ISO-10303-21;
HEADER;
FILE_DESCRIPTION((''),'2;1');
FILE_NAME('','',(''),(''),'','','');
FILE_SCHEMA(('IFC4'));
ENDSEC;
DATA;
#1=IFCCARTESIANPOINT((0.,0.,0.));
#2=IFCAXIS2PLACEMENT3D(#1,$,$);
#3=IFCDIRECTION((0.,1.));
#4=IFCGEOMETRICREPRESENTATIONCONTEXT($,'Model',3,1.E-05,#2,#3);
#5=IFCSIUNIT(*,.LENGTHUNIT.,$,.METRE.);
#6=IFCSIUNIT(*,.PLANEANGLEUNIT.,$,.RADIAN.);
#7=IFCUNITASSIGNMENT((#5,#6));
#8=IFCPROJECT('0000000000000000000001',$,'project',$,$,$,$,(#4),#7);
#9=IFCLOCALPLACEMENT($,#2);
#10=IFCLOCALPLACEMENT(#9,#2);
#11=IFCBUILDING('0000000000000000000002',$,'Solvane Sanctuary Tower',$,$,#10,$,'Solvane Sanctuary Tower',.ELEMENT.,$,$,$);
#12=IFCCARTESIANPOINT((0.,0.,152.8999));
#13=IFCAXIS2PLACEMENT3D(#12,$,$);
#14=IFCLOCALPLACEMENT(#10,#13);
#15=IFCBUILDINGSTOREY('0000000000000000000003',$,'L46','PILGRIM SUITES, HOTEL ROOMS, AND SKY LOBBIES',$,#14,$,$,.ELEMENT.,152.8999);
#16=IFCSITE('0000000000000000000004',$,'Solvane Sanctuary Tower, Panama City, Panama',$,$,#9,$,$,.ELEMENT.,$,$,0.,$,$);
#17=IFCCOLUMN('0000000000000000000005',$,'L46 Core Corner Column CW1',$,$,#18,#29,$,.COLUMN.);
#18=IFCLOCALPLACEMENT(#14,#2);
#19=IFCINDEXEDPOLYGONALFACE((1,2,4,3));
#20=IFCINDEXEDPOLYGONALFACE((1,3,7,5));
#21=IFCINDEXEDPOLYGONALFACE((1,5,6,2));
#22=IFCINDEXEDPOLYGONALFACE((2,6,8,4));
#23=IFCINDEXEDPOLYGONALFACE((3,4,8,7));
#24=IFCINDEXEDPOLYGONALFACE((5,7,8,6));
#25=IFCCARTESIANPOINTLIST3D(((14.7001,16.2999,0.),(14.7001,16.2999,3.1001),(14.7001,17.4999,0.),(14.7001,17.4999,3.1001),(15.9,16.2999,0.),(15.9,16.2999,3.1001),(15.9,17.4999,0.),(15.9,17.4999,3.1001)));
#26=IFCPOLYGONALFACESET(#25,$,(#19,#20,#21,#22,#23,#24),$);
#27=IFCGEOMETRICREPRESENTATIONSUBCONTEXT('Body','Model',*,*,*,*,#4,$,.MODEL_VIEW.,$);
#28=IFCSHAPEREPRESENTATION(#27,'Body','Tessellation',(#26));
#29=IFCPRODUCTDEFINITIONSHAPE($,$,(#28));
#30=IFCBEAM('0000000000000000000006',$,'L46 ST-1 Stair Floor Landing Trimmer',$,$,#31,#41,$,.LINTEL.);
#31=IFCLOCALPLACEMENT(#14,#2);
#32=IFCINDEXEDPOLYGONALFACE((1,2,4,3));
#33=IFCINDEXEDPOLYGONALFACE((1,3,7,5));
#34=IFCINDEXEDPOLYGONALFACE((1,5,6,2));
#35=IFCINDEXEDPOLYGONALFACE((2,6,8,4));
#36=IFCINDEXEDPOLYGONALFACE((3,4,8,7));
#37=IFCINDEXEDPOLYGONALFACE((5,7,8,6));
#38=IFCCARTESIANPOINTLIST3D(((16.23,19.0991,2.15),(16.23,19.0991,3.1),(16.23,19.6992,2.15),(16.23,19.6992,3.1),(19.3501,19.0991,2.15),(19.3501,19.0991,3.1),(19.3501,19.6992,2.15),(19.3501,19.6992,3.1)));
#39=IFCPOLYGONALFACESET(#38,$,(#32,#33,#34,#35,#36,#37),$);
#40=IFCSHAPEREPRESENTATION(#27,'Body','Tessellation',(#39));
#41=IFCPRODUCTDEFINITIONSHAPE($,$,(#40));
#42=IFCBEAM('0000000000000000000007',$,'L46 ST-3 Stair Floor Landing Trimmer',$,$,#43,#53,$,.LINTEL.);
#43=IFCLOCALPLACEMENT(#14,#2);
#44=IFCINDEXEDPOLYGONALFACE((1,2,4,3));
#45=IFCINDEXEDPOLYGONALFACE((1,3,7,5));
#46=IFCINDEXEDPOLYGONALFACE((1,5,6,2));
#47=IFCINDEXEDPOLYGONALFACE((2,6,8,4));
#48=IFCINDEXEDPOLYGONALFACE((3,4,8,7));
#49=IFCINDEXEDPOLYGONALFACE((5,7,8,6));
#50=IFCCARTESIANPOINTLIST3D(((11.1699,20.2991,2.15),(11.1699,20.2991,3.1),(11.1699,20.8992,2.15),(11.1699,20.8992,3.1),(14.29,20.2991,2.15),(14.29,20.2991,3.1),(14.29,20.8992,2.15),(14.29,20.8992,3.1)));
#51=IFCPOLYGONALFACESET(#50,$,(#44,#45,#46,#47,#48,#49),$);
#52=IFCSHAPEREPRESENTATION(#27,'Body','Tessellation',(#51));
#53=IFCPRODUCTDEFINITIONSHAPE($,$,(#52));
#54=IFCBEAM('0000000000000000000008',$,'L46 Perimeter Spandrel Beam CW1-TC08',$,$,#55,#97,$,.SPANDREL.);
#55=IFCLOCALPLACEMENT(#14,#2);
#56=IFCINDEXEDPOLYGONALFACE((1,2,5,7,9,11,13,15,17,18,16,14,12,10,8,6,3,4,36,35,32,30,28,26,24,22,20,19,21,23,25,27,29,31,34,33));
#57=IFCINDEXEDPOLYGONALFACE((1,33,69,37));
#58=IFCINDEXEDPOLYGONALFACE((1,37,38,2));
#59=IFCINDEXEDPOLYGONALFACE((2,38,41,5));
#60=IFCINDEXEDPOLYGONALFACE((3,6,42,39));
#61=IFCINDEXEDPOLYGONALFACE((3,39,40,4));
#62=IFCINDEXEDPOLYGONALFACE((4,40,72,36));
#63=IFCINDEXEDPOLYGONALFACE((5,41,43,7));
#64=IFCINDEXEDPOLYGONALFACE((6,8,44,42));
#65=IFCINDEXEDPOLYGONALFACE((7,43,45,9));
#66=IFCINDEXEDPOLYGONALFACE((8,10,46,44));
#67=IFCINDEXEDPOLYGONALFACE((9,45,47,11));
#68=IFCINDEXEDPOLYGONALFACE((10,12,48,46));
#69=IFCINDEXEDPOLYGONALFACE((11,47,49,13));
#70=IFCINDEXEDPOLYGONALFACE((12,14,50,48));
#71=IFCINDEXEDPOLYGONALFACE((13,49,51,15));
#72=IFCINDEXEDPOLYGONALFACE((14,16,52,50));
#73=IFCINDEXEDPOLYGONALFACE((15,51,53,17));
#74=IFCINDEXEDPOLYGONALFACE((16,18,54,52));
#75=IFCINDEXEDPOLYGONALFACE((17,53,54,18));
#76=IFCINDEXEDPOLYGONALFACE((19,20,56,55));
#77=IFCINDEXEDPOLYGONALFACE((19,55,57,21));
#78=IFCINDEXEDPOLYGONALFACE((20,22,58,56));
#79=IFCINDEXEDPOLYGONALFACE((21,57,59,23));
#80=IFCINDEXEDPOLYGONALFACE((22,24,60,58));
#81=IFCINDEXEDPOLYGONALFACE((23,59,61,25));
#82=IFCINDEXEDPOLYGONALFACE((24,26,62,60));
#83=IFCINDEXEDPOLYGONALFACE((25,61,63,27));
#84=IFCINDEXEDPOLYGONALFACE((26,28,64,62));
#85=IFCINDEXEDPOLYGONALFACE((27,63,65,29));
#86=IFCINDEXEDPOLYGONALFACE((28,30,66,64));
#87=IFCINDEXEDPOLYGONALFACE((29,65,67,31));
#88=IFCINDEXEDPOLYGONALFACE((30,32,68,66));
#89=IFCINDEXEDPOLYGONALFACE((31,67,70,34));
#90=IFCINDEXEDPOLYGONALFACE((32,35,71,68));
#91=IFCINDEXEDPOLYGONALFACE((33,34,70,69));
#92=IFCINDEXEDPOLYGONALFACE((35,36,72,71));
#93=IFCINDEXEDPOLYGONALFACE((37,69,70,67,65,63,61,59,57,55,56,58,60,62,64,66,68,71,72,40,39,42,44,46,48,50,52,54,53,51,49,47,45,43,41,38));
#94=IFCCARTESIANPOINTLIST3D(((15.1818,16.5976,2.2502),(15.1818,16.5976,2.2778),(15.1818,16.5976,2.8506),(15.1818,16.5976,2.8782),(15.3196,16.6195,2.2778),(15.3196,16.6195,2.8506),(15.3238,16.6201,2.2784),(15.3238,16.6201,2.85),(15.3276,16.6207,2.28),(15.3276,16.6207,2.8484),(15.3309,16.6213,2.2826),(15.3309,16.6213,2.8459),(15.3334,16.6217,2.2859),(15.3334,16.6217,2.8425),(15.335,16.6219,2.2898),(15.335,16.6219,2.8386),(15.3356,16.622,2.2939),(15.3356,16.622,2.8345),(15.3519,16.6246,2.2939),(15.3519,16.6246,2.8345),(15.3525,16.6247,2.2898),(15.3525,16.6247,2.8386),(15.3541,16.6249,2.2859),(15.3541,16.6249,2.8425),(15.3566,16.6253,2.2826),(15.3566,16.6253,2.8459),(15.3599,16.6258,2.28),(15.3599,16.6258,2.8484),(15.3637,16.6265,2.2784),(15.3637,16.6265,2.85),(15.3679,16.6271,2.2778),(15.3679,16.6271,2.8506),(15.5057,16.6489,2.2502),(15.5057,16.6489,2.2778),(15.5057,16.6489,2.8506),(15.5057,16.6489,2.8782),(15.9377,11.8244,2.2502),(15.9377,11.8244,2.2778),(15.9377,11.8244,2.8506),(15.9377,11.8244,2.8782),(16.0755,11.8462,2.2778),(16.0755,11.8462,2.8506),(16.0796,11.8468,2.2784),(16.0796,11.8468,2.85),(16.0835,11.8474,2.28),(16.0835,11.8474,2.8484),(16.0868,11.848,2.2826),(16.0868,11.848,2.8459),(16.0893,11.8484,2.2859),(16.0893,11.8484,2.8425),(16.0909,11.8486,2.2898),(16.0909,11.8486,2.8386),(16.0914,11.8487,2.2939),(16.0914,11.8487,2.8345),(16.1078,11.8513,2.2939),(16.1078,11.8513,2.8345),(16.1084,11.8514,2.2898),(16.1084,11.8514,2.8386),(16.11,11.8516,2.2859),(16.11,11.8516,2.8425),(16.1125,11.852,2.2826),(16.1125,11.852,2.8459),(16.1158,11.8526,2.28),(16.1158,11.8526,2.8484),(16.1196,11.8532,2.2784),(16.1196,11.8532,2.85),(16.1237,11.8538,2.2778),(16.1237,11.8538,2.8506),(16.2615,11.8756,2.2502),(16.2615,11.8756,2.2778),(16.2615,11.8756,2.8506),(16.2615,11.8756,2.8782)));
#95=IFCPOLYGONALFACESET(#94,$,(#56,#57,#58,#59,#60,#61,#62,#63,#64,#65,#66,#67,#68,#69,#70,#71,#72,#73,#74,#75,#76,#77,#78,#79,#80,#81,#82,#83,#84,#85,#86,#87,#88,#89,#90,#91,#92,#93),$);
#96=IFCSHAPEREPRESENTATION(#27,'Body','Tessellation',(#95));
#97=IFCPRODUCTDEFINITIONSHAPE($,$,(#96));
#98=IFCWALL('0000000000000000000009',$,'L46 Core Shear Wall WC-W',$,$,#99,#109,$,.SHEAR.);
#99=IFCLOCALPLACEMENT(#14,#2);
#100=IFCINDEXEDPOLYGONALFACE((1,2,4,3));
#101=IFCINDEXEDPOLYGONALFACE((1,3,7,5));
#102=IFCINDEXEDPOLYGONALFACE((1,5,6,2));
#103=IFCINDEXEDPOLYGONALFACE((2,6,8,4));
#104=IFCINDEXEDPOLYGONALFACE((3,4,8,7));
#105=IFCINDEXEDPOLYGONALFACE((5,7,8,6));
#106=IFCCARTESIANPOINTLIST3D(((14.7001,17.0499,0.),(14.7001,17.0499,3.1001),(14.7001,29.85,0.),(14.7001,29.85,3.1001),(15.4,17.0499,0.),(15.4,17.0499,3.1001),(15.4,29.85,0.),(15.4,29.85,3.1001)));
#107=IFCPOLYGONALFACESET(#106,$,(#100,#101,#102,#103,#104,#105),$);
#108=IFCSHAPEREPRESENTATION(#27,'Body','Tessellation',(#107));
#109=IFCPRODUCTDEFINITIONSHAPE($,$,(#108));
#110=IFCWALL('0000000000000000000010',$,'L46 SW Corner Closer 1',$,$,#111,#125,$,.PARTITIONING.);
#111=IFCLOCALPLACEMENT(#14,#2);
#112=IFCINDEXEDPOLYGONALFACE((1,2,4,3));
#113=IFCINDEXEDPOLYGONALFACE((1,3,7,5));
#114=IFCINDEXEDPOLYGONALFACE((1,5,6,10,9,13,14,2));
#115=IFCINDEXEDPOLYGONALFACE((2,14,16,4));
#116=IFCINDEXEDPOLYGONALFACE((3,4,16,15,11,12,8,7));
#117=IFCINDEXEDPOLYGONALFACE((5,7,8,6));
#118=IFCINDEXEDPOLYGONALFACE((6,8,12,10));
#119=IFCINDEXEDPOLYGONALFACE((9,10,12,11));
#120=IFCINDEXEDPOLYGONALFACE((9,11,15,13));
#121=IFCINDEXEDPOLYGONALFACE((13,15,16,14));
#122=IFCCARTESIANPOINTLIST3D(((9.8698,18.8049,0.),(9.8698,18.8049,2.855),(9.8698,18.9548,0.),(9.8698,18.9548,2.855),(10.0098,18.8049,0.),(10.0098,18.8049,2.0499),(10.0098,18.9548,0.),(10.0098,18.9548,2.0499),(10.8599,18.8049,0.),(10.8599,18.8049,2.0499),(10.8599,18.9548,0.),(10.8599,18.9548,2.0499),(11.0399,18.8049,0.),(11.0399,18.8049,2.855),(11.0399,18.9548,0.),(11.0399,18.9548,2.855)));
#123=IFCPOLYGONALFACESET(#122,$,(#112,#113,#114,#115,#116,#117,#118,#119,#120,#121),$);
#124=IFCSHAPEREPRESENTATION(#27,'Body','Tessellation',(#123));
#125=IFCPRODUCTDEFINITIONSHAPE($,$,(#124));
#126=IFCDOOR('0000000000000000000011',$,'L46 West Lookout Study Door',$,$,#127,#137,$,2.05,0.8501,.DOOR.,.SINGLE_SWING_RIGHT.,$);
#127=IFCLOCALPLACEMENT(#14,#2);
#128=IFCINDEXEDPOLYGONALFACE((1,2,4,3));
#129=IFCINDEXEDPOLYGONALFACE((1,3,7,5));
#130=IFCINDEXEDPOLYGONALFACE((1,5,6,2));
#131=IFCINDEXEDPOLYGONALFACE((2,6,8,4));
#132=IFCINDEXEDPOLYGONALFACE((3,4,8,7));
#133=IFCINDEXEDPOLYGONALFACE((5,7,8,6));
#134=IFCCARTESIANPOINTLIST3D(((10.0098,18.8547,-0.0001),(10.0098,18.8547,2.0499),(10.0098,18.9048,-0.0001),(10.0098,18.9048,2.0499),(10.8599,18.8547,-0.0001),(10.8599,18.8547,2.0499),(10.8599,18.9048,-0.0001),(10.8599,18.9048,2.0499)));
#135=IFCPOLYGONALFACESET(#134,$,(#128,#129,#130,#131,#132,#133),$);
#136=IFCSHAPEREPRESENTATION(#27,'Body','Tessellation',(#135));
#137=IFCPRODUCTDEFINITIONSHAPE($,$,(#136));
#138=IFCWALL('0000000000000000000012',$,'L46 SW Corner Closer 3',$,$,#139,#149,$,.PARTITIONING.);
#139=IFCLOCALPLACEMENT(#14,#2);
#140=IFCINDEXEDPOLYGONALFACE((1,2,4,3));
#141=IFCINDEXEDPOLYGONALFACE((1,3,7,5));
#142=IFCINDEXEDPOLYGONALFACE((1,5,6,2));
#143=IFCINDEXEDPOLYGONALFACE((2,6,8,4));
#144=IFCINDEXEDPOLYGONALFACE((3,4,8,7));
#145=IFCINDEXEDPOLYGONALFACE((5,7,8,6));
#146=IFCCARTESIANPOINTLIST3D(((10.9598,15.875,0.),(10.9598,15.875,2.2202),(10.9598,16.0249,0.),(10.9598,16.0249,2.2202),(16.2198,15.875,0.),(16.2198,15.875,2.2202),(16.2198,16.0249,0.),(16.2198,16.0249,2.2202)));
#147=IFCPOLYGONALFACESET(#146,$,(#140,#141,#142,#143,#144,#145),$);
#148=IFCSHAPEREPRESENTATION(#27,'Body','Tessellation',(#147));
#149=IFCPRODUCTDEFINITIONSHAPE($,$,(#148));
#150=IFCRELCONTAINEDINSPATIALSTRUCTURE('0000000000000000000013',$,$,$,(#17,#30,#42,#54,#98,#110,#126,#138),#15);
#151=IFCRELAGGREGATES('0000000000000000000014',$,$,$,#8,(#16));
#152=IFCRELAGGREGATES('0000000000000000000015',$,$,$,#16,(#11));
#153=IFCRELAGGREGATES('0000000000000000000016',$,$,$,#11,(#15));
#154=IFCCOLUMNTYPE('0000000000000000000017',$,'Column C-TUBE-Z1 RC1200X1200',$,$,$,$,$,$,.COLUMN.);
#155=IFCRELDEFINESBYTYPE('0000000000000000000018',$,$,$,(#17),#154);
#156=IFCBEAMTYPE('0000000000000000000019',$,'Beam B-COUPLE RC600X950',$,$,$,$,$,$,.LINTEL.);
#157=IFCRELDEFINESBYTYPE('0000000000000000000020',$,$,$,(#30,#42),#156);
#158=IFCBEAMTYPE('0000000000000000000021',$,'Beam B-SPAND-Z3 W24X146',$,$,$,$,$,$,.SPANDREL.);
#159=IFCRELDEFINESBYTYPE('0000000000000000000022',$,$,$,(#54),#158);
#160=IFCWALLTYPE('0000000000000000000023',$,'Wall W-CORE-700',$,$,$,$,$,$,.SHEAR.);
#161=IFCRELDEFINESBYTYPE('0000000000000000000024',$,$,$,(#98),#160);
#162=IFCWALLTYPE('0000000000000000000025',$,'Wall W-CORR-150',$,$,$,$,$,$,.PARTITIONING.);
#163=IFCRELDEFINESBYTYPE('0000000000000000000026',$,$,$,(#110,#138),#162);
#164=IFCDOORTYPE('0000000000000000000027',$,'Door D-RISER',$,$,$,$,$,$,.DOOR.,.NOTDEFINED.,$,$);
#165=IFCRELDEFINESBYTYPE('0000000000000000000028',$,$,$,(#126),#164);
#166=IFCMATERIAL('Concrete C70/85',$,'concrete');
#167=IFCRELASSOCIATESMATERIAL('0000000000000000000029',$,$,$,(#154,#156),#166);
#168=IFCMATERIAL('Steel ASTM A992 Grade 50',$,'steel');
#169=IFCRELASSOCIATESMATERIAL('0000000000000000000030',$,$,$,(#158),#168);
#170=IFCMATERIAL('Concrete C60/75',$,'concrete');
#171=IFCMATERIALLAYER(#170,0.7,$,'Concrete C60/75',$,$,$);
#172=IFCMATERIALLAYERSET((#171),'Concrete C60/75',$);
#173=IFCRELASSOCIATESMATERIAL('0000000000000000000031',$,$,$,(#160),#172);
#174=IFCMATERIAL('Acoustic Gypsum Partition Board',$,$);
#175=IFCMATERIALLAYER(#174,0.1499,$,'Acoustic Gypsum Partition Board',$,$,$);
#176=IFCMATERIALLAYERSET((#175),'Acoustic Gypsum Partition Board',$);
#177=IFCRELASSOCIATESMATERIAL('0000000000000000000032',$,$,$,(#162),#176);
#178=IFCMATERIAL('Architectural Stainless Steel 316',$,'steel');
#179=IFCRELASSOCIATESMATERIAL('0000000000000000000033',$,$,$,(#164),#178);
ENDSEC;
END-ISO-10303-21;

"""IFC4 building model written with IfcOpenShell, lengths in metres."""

from ifc_helpers import new_model, si_unit, direction, frame, frame_2d, origin, origin_2d, place, context, subcontext, project, spatial, rectangle, i_section, extrude, material, layer, layer_set, material_profile, profile_set, type_object, element, fill, save


model = new_model("IFC4")

# Units and contexts
model_context = context("Model", 3, precision=1e-05, world=origin(), true_north=direction((0.0, 1.0)))
body_context = subcontext(model_context, "Body", "Model", "MODEL_VIEW")
ifc_project = project(units=[si_unit("LENGTHUNIT", "METRE"), si_unit("PLANEANGLEUNIT", "RADIAN")], contexts=[model_context])

# Site, building, storey
site_placement = place(None, origin())
site = spatial("IfcSite", under=ifc_project, at=site_placement, Name="Solvane Sanctuary Tower, Panama City, Panama", CompositionType="ELEMENT", RefElevation=0.0)
building_placement = place(site_placement, origin())
building = spatial("IfcBuilding", under=site, at=building_placement, Name="Solvane Sanctuary Tower", LongName="Solvane Sanctuary Tower", CompositionType="ELEMENT")
storey_placement = place(building_placement, frame((0.0, 0.0, 152.8999)))
storey = spatial("IfcBuildingStorey", under=building, at=storey_placement, Name="L46", Description="PILGRIM SUITES, HOTEL ROOMS, AND SKY LOBBIES", CompositionType="ELEMENT", Elevation=152.8999)

# Column
ifc_material_1 = material(Name="Concrete C70/85", Category="concrete")
ifc_material_profile_1 = material_profile(ifc_material_1, rectangle(XDim=1.2, YDim=1.2, at=origin_2d()), Name="RC1200X1200")
ifc_profile_set_1 = profile_set([ifc_material_profile_1], Name="Concrete C70/85")
column_type = type_object("IfcColumnType", Name="Column C-TUBE-Z1 RC1200X1200", PredefinedType="COLUMN", material=ifc_profile_set_1)
column_placement = place(storey_placement, frame((15.3, 16.8999, 0.0), z_axis=(0.0, 0.0, 1.0), x_axis=(1.0, 0.0, 0.0)))
element("IfcColumn", 1, at=column_placement, inside=storey, type_object=column_type, Name="L46 Core Corner Column CW1", PredefinedType="COLUMN", context=body_context, shape_type="SweptSolid", body=[
    extrude(rectangle(XDim=1.2, YDim=1.2, at=origin_2d()), origin(), (0.0, 0.0, 1.0), 3.1001),
])

# Beams
ifc_material_profile_2 = material_profile(ifc_material_1, rectangle(XDim=0.6001, YDim=0.95, at=origin_2d()), Name="RC600X950")
ifc_profile_set_2 = profile_set([ifc_material_profile_2], Name="Concrete C70/85")
beam_type_1 = type_object("IfcBeamType", Name="Beam B-COUPLE RC600X950", PredefinedType="LINTEL", material=ifc_profile_set_2)
for number, where, z_axis, x_axis, name in (
    (2, (16.23, 19.3992, 2.625), (1.0, 0.0, 0.0), (0.0, 1.0, 0.0), "L46 ST-1 Stair Floor Landing Trimmer"),
    (3, (11.1699, 20.5991, 2.625), (1.0, 0.0, 0.0), (0.0, 1.0, 0.0), "L46 ST-3 Stair Floor Landing Trimmer"),
):
    element("IfcBeam", number, at=place(storey_placement, frame(where, z_axis=z_axis, x_axis=x_axis)), inside=storey, type_object=beam_type_1, Name=name, PredefinedType="LINTEL", context=body_context, shape_type="SweptSolid", body=[
        extrude(rectangle(XDim=0.6001, YDim=0.95, at=origin_2d()), origin(), (0.0, 0.0, 1.0), 3.1201),
    ])
ifc_material_2 = material(Name="Steel ASTM A992 Grade 50", Category="steel")
ifc_material_profile_3 = material_profile(ifc_material_2, i_section(OverallWidth=0.3279, OverallDepth=0.6279, WebThickness=0.0166, FlangeThickness=0.0276, FilletRadius=0.0161, at=origin_2d()), Name="W24X146")
ifc_profile_set_3 = profile_set([ifc_material_profile_3], Name="Steel ASTM A992 Grade 50")
beam_type_2 = type_object("IfcBeamType", Name="Beam B-SPAND-Z3 W24X146", PredefinedType="SPANDREL", material=ifc_profile_set_3)
beam_placement = place(storey_placement, frame((15.3438, 16.6233, 2.5642), z_axis=(0.156406, -0.987693, 0.0), x_axis=(0.987693, 0.156406, 0.0)))
element("IfcBeam", 4, at=beam_placement, inside=storey, type_object=beam_type_2, Name="L46 Perimeter Spandrel Beam CW1-TC08", PredefinedType="SPANDREL", context=body_context, shape_type="SweptSolid", body=[
    extrude(i_section(OverallWidth=0.3279, OverallDepth=0.6279, WebThickness=0.0166, FlangeThickness=0.0276, FilletRadius=0.0161, at=origin_2d()), origin(), (0.0, 0.0, 1.0), 4.8328),
])

# Wall
ifc_material_3 = material(Name="Concrete C60/75", Category="concrete")
ifc_layer_1 = layer(ifc_material_3, 0.7, Name="Concrete C60/75")
ifc_layer_set_1 = layer_set([ifc_layer_1], Name="Concrete C60/75")
wall_type_1 = type_object("IfcWallType", Name="Wall W-CORE-700", PredefinedType="SHEAR", material=ifc_layer_set_1)
wall_1_placement = place(storey_placement, frame((15.05, 17.05, 0.0), z_axis=(0.0, 0.0, 1.0), x_axis=(0.0, 1.0, 0.0)))
element("IfcWall", 5, at=wall_1_placement, inside=storey, type_object=wall_type_1, Name="L46 Core Shear Wall WC-W", PredefinedType="SHEAR", context=body_context, shape_type="SweptSolid", body=[
    extrude(rectangle(XDim=12.8, YDim=0.7, at=frame_2d((6.3999, 0.0))), origin(), (0.0, 0.0, 1.0), 3.1001),
])

# Wall, opening, door
ifc_material_4 = material(Name="Acoustic Gypsum Partition Board")
ifc_layer_2 = layer(ifc_material_4, 0.1499, Name="Acoustic Gypsum Partition Board")
ifc_layer_set_2 = layer_set([ifc_layer_2], Name="Acoustic Gypsum Partition Board")
wall_type_2 = type_object("IfcWallType", Name="Wall W-CORR-150", PredefinedType="PARTITIONING", material=ifc_layer_set_2)
wall_2_placement = place(storey_placement, frame((9.8699, 18.8799, 0.0), z_axis=(0.0, 0.0, 1.0), x_axis=(1.0, 0.0, 0.0)))
wall_2 = element("IfcWall", 6, at=wall_2_placement, inside=storey, type_object=wall_type_2, Name="L46 SW Corner Closer 1", PredefinedType="PARTITIONING", context=body_context, shape_type="SweptSolid", body=[
    extrude(rectangle(XDim=1.1702, YDim=0.1499, at=frame_2d((0.585, 0.0))), origin(), (0.0, 0.0, 1.0), 2.855),
])
opening_1_placement = place(wall_2_placement, frame((0.1399, 0.0, 0.0)))
opening_1 = element("IfcOpeningElement", 7, at=opening_1_placement, cuts=wall_2, PredefinedType="OPENING", context=body_context, shape_type="SweptSolid", body=[
    extrude(rectangle(XDim=0.8501, YDim=2.05, at=frame_2d((0.425, 1.0249))), frame((0.0, 0.085, 0.0), z_axis=(0.0, -1.0, 0.0), x_axis=(1.0, 0.0, 0.0)), (0.0, 0.0, 1.0), 0.1699),
])
ifc_material_5 = material(Name="Architectural Stainless Steel 316", Category="steel")
door_type_1 = type_object("IfcDoorType", Name="Door D-RISER", OperationType="NOTDEFINED", PredefinedType="DOOR", material=ifc_material_5)
door_1_placement = place(opening_1_placement, origin())
door_1 = element("IfcDoor", 8, at=door_1_placement, inside=storey, type_object=door_type_1, Name="L46 West Lookout Study Door", OperationType="SINGLE_SWING_RIGHT", OverallHeight=2.05, OverallWidth=0.8501, PredefinedType="DOOR", context=body_context, shape_type="SweptSolid", body=[
    extrude(rectangle(XDim=0.8501, YDim=2.05, at=frame_2d((0.425, 1.0249))), frame((0.0, 0.0249, 0.0), z_axis=(0.0, -1.0, 0.0), x_axis=(1.0, 0.0, 0.0)), (0.0, 0.0, 1.0), 0.05),
])
fill(opening_1, door_1)

# Wall
wall_3_placement = place(storey_placement, frame((10.96, 15.95, 0.0), z_axis=(0.0, 0.0, 1.0), x_axis=(1.0, 0.0, 0.0)))
element("IfcWall", 9, at=wall_3_placement, inside=storey, type_object=wall_type_2, Name="L46 SW Corner Closer 3", PredefinedType="PARTITIONING", context=body_context, shape_type="SweptSolid", body=[
    extrude(rectangle(XDim=5.26, YDim=0.1499, at=frame_2d((2.6299, 0.0))), origin(), (0.0, 0.0, 1.0), 2.2202),
])

save(model, "model.ifc")
